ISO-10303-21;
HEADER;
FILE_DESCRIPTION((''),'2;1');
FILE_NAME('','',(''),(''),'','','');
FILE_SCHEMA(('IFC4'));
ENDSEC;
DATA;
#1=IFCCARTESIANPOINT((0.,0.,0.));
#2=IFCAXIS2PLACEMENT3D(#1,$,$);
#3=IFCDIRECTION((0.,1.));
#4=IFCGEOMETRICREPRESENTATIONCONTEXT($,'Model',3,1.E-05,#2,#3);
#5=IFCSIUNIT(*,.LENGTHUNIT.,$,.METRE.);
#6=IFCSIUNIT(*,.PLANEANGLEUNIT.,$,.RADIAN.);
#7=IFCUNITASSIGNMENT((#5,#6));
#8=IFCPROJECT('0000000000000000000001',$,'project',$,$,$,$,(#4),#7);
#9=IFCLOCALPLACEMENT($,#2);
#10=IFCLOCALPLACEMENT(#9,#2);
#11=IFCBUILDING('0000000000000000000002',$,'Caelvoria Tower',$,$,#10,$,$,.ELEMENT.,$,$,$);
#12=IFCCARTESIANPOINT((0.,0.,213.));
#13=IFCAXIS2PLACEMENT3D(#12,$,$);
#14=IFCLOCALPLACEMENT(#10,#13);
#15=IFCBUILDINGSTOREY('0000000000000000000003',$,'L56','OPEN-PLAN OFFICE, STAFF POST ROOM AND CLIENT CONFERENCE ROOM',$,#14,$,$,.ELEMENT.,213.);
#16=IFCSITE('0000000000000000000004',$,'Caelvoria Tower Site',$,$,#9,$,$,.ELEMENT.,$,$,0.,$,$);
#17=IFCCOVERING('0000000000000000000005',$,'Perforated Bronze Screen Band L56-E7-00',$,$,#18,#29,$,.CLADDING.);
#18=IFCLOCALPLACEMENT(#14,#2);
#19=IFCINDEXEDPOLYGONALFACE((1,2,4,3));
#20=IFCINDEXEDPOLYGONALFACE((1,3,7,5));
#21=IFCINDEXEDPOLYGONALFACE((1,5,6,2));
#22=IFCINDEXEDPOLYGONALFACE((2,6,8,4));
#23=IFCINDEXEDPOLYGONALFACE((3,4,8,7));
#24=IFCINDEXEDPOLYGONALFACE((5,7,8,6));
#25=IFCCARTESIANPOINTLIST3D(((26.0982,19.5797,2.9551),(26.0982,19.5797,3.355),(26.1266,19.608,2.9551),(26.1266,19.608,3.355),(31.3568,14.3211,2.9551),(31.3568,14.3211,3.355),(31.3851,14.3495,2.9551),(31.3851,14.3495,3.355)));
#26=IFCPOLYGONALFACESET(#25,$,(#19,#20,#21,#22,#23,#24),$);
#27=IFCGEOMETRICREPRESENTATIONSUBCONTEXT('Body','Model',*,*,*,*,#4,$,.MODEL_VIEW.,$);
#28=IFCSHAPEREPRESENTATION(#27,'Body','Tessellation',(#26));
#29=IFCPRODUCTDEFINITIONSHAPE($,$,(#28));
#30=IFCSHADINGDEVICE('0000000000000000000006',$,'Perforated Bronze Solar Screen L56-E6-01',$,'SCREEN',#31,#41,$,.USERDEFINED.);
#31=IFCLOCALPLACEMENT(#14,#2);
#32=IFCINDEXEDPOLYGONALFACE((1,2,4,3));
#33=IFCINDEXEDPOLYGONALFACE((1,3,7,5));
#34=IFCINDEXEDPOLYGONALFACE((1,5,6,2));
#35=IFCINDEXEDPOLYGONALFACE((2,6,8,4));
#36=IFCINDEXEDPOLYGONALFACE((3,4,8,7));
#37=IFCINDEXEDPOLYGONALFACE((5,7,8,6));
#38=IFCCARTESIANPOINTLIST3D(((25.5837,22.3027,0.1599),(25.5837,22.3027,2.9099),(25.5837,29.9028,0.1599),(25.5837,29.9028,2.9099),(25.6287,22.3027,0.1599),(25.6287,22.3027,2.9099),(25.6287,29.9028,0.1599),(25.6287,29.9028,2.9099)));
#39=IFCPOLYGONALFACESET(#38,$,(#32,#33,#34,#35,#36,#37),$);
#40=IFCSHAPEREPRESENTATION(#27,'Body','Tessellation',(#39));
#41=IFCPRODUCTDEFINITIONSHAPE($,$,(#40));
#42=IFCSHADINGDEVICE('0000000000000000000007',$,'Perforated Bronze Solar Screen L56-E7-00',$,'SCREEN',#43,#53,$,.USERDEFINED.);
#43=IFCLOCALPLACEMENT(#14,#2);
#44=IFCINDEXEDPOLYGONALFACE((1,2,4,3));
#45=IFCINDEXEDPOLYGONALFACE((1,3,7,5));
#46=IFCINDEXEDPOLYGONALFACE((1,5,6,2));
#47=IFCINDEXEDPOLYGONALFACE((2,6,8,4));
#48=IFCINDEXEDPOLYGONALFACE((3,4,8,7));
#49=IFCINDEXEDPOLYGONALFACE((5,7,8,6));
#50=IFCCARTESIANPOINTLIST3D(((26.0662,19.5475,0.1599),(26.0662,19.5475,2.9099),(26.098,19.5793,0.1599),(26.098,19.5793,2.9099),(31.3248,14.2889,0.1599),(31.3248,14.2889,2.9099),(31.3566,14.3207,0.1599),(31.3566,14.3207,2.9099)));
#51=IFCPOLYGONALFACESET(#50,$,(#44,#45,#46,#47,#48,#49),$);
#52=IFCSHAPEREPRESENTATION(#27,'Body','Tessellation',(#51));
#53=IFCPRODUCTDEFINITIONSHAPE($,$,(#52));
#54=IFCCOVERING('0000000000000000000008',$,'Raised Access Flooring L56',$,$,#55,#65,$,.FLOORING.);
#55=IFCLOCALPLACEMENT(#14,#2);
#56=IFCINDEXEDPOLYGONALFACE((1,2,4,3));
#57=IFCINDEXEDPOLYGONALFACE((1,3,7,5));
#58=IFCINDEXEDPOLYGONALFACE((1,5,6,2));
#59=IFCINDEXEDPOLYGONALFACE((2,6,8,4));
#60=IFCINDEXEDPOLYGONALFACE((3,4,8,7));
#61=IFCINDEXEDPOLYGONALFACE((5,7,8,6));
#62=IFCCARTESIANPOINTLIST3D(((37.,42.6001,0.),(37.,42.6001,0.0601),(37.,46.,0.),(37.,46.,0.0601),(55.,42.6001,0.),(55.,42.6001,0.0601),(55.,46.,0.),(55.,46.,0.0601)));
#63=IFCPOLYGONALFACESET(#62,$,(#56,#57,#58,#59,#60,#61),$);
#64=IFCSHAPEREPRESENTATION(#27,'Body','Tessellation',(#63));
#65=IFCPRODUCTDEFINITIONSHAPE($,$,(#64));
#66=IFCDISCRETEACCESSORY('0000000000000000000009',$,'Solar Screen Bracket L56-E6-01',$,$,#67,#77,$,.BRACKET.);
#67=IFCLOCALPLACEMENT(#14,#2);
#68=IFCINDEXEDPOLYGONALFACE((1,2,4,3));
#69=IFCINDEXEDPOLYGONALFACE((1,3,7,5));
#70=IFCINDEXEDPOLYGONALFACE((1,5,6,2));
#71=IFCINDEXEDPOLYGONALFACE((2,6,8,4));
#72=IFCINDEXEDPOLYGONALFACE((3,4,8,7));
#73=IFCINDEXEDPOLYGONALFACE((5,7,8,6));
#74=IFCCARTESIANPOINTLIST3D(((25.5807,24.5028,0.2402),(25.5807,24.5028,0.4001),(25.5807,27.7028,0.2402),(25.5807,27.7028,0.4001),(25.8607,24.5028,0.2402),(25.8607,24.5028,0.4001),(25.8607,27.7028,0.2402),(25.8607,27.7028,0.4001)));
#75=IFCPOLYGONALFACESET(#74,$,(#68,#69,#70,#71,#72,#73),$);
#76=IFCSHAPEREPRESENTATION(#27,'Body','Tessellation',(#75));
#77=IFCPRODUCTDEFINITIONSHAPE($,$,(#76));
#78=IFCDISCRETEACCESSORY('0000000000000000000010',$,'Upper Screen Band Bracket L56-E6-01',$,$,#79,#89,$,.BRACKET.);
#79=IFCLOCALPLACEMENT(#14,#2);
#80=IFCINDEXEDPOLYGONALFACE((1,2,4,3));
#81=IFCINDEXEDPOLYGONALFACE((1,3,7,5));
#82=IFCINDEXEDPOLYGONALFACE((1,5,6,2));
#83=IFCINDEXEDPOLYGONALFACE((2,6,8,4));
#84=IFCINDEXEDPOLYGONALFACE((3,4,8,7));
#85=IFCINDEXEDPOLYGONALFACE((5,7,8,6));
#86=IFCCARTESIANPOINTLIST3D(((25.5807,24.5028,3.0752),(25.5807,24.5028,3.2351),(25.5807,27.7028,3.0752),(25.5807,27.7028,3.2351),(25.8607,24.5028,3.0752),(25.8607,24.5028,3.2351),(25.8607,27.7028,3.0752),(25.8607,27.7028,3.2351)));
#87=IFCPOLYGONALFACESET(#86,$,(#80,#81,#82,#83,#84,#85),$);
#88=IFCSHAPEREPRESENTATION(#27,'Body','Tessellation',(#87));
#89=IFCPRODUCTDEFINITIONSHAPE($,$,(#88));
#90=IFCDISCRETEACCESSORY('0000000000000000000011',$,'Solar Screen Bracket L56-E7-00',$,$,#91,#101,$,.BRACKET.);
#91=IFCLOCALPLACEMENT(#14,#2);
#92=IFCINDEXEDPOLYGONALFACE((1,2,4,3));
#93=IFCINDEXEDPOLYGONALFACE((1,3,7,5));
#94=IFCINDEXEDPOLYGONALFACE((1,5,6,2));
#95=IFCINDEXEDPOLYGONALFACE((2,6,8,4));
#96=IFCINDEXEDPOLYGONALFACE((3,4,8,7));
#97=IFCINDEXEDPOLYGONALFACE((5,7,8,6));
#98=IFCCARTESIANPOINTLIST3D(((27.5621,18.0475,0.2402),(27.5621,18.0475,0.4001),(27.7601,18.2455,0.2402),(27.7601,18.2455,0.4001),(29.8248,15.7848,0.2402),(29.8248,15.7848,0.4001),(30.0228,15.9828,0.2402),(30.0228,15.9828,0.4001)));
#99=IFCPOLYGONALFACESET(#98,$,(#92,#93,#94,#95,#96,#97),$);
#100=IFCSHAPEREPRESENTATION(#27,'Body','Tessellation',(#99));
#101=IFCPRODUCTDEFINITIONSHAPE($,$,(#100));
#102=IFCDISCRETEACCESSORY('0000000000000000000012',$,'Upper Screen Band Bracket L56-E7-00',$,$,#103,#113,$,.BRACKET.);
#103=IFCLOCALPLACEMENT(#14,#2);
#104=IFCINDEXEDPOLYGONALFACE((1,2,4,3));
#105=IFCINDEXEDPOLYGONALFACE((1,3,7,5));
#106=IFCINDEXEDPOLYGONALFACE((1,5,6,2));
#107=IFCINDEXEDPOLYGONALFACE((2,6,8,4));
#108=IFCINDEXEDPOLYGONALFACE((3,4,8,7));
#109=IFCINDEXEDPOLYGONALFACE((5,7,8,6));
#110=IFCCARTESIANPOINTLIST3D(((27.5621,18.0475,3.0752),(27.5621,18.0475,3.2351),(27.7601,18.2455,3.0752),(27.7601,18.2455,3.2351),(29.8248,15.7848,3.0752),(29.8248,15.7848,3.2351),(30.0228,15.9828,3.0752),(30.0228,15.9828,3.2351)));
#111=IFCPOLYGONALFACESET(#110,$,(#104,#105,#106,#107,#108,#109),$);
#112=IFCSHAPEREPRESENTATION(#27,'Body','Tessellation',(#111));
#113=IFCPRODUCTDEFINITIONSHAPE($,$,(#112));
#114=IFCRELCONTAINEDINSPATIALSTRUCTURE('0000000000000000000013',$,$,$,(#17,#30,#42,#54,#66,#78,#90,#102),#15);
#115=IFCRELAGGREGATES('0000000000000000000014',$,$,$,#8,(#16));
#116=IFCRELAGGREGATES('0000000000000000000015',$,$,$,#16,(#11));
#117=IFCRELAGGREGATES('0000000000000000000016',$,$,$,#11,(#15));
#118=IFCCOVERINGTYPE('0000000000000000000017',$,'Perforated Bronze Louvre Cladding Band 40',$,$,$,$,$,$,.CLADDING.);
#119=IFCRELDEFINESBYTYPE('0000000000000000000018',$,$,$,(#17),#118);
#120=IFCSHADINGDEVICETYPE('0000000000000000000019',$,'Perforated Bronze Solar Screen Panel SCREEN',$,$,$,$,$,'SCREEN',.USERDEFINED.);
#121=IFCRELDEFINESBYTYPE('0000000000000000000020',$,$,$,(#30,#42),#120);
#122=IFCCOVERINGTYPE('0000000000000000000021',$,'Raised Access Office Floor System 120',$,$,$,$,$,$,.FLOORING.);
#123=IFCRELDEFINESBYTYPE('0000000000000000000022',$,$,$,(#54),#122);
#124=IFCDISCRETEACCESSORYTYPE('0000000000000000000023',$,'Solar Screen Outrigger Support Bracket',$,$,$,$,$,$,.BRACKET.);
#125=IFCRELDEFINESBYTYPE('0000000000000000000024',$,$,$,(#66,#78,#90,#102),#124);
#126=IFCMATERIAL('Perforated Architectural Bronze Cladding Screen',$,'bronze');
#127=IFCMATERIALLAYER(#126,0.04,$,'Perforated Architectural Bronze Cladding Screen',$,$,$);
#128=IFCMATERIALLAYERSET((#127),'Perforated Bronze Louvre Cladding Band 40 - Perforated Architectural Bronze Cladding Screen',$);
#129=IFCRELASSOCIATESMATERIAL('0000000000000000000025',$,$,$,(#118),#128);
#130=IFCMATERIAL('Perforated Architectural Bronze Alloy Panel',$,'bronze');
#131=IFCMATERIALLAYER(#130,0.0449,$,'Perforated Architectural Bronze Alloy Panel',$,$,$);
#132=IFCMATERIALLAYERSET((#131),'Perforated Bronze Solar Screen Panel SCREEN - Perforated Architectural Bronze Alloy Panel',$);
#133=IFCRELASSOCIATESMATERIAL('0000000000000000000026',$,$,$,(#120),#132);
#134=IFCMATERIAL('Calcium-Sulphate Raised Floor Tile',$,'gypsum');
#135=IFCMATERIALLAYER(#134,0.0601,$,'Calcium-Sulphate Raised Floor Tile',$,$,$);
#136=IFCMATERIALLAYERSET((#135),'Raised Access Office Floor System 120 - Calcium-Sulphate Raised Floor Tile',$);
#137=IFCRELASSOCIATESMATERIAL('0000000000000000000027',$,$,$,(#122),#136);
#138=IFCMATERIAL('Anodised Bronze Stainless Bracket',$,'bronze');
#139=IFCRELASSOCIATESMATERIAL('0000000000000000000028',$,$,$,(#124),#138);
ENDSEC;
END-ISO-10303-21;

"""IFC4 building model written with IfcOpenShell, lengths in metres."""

from ifc_helpers import new_model, si_unit, direction, frame, origin, origin_2d, place, context, subcontext, project, spatial, polyline, rectangle, outline, extrude, material, layer, layer_set, type_object, element, save


model = new_model("IFC4")

# Units and contexts
model_context = context("Model", 3, precision=1e-05, world=origin(), true_north=direction((0.0, 1.0)))
body_context = subcontext(model_context, "Body", "Model", "MODEL_VIEW")
ifc_project = project(units=[si_unit("LENGTHUNIT", "METRE"), si_unit("PLANEANGLEUNIT", "RADIAN")], contexts=[model_context])

# Site, building, storey
site_placement = place(None, origin())
site = spatial("IfcSite", under=ifc_project, at=site_placement, Name="Caelvoria Tower Site", CompositionType="ELEMENT", RefElevation=0.0)
building_placement = place(site_placement, origin())
building = spatial("IfcBuilding", under=site, at=building_placement, Name="Caelvoria Tower", CompositionType="ELEMENT")
storey_placement = place(building_placement, frame((0.0, 0.0, 213.0)))
storey = spatial("IfcBuildingStorey", under=building, at=storey_placement, Name="L56", Description="OPEN-PLAN OFFICE, STAFF POST ROOM AND CLIENT CONFERENCE ROOM", CompositionType="ELEMENT", Elevation=213.0)

# Covering
ifc_material_1 = material(Name="Perforated Architectural Bronze Cladding Screen", Category="bronze")
ifc_layer_1 = layer(ifc_material_1, 0.04, Name="Perforated Architectural Bronze Cladding Screen")
ifc_layer_set_1 = layer_set([ifc_layer_1], Name="Perforated Bronze Louvre Cladding Band 40 - Perforated Architectural Bronze Cladding Screen")
covering_type_1 = type_object("IfcCoveringType", Name="Perforated Bronze Louvre Cladding Band 40", PredefinedType="CLADDING", material=ifc_layer_set_1)
covering_1_placement = place(storey_placement, frame((28.7417, 16.9646, 2.9551), z_axis=(0.0, 0.0, 1.0), x_axis=(0.707107, -0.707107, 0.0)))
element("IfcCovering", 1, at=covering_1_placement, inside=storey, type_object=covering_type_1, Name="Perforated Bronze Screen Band L56-E7-00", PredefinedType="CLADDING", context=body_context, shape_type="SweptSolid", body=[
    extrude(rectangle(XDim=7.4368, YDim=0.04, at=origin_2d()), origin(), (0.0, 0.0, 1.0), 0.3999),
])

# Shading devices
ifc_material_2 = material(Name="Perforated Architectural Bronze Alloy Panel", Category="bronze")
ifc_layer_2 = layer(ifc_material_2, 0.0449, Name="Perforated Architectural Bronze Alloy Panel")
ifc_layer_set_2 = layer_set([ifc_layer_2], Name="Perforated Bronze Solar Screen Panel SCREEN - Perforated Architectural Bronze Alloy Panel")
shading_device_type = type_object("IfcShadingDeviceType", Name="Perforated Bronze Solar Screen Panel SCREEN", ElementType="SCREEN", PredefinedType="USERDEFINED", material=ifc_layer_set_2)
shading_device_1_placement = place(storey_placement, frame((25.6062, 26.1028, 0.1599), z_axis=(0.0, 0.0, 1.0), x_axis=(0.0, -1.0, 0.0)))
element("IfcShadingDevice", 2, at=shading_device_1_placement, inside=storey, type_object=shading_device_type, Name="Perforated Bronze Solar Screen L56-E6-01", ObjectType="SCREEN", PredefinedType="USERDEFINED", context=body_context, shape_type="SweptSolid", body=[
    extrude(rectangle(XDim=7.6001, YDim=0.0449, at=origin_2d()), origin(), (0.0, 0.0, 1.0), 2.75),
])
shading_device_2_placement = place(storey_placement, frame((28.7114, 16.9341, 0.1599), z_axis=(0.0, 0.0, 1.0), x_axis=(0.707107, -0.707107, 0.0)))
element("IfcShadingDevice", 3, at=shading_device_2_placement, inside=storey, type_object=shading_device_type, Name="Perforated Bronze Solar Screen L56-E7-00", ObjectType="SCREEN", PredefinedType="USERDEFINED", context=body_context, shape_type="SweptSolid", body=[
    extrude(rectangle(XDim=7.4368, YDim=0.0449, at=origin_2d()), origin(), (0.0, 0.0, 1.0), 2.75),
])

# Covering
ifc_material_3 = material(Name="Calcium-Sulphate Raised Floor Tile", Category="gypsum")
ifc_layer_3 = layer(ifc_material_3, 0.0601, Name="Calcium-Sulphate Raised Floor Tile")
ifc_layer_set_3 = layer_set([ifc_layer_3], Name="Raised Access Office Floor System 120 - Calcium-Sulphate Raised Floor Tile")
covering_type_2 = type_object("IfcCoveringType", Name="Raised Access Office Floor System 120", PredefinedType="FLOORING", material=ifc_layer_set_3)
covering_2_placement = place(storey_placement, origin())
element("IfcCovering", 4, at=covering_2_placement, inside=storey, type_object=covering_type_2, Name="Raised Access Flooring L56", PredefinedType="FLOORING", context=body_context, shape_type="SweptSolid", body=[
    extrude(outline(polyline([(37.0, 42.6001), (55.0, 42.6001), (55.0, 46.0), (37.0, 46.0), (37.0, 42.6001)])), origin(), (0.0, 0.0, 1.0), 0.0601),
])

# Discrete accessories
ifc_material_4 = material(Name="Anodised Bronze Stainless Bracket", Category="bronze")
discrete_accessory_type = type_object("IfcDiscreteAccessoryType", Name="Solar Screen Outrigger Support Bracket", PredefinedType="BRACKET", material=ifc_material_4)
for number, where, z_axis, x_axis, name in (
    (5, (25.7207, 26.1028, 0.2402), (0.0, 0.0, 1.0), (0.0, -1.0, 0.0), "Solar Screen Bracket L56-E6-01"),
    (6, (25.7207, 26.1028, 3.0752), (0.0, 0.0, 1.0), (0.0, -1.0, 0.0), "Upper Screen Band Bracket L56-E6-01"),
    (7, (28.7925, 17.0151, 0.2402), (0.0, 0.0, 1.0), (0.707107, -0.707107, 0.0), "Solar Screen Bracket L56-E7-00"),
    (8, (28.7925, 17.0151, 3.0752), (0.0, 0.0, 1.0), (0.707107, -0.707107, 0.0), "Upper Screen Band Bracket L56-E7-00"),
):
    element("IfcDiscreteAccessory", number, at=place(storey_placement, frame(where, z_axis=z_axis, x_axis=x_axis)), inside=storey, type_object=discrete_accessory_type, Name=name, PredefinedType="BRACKET", context=body_context, shape_type="SweptSolid", body=[
        extrude(rectangle(XDim=3.2, YDim=0.28, at=origin_2d()), origin(), (0.0, 0.0, 1.0), 0.1599),
    ])

save(model, "model.ifc")
